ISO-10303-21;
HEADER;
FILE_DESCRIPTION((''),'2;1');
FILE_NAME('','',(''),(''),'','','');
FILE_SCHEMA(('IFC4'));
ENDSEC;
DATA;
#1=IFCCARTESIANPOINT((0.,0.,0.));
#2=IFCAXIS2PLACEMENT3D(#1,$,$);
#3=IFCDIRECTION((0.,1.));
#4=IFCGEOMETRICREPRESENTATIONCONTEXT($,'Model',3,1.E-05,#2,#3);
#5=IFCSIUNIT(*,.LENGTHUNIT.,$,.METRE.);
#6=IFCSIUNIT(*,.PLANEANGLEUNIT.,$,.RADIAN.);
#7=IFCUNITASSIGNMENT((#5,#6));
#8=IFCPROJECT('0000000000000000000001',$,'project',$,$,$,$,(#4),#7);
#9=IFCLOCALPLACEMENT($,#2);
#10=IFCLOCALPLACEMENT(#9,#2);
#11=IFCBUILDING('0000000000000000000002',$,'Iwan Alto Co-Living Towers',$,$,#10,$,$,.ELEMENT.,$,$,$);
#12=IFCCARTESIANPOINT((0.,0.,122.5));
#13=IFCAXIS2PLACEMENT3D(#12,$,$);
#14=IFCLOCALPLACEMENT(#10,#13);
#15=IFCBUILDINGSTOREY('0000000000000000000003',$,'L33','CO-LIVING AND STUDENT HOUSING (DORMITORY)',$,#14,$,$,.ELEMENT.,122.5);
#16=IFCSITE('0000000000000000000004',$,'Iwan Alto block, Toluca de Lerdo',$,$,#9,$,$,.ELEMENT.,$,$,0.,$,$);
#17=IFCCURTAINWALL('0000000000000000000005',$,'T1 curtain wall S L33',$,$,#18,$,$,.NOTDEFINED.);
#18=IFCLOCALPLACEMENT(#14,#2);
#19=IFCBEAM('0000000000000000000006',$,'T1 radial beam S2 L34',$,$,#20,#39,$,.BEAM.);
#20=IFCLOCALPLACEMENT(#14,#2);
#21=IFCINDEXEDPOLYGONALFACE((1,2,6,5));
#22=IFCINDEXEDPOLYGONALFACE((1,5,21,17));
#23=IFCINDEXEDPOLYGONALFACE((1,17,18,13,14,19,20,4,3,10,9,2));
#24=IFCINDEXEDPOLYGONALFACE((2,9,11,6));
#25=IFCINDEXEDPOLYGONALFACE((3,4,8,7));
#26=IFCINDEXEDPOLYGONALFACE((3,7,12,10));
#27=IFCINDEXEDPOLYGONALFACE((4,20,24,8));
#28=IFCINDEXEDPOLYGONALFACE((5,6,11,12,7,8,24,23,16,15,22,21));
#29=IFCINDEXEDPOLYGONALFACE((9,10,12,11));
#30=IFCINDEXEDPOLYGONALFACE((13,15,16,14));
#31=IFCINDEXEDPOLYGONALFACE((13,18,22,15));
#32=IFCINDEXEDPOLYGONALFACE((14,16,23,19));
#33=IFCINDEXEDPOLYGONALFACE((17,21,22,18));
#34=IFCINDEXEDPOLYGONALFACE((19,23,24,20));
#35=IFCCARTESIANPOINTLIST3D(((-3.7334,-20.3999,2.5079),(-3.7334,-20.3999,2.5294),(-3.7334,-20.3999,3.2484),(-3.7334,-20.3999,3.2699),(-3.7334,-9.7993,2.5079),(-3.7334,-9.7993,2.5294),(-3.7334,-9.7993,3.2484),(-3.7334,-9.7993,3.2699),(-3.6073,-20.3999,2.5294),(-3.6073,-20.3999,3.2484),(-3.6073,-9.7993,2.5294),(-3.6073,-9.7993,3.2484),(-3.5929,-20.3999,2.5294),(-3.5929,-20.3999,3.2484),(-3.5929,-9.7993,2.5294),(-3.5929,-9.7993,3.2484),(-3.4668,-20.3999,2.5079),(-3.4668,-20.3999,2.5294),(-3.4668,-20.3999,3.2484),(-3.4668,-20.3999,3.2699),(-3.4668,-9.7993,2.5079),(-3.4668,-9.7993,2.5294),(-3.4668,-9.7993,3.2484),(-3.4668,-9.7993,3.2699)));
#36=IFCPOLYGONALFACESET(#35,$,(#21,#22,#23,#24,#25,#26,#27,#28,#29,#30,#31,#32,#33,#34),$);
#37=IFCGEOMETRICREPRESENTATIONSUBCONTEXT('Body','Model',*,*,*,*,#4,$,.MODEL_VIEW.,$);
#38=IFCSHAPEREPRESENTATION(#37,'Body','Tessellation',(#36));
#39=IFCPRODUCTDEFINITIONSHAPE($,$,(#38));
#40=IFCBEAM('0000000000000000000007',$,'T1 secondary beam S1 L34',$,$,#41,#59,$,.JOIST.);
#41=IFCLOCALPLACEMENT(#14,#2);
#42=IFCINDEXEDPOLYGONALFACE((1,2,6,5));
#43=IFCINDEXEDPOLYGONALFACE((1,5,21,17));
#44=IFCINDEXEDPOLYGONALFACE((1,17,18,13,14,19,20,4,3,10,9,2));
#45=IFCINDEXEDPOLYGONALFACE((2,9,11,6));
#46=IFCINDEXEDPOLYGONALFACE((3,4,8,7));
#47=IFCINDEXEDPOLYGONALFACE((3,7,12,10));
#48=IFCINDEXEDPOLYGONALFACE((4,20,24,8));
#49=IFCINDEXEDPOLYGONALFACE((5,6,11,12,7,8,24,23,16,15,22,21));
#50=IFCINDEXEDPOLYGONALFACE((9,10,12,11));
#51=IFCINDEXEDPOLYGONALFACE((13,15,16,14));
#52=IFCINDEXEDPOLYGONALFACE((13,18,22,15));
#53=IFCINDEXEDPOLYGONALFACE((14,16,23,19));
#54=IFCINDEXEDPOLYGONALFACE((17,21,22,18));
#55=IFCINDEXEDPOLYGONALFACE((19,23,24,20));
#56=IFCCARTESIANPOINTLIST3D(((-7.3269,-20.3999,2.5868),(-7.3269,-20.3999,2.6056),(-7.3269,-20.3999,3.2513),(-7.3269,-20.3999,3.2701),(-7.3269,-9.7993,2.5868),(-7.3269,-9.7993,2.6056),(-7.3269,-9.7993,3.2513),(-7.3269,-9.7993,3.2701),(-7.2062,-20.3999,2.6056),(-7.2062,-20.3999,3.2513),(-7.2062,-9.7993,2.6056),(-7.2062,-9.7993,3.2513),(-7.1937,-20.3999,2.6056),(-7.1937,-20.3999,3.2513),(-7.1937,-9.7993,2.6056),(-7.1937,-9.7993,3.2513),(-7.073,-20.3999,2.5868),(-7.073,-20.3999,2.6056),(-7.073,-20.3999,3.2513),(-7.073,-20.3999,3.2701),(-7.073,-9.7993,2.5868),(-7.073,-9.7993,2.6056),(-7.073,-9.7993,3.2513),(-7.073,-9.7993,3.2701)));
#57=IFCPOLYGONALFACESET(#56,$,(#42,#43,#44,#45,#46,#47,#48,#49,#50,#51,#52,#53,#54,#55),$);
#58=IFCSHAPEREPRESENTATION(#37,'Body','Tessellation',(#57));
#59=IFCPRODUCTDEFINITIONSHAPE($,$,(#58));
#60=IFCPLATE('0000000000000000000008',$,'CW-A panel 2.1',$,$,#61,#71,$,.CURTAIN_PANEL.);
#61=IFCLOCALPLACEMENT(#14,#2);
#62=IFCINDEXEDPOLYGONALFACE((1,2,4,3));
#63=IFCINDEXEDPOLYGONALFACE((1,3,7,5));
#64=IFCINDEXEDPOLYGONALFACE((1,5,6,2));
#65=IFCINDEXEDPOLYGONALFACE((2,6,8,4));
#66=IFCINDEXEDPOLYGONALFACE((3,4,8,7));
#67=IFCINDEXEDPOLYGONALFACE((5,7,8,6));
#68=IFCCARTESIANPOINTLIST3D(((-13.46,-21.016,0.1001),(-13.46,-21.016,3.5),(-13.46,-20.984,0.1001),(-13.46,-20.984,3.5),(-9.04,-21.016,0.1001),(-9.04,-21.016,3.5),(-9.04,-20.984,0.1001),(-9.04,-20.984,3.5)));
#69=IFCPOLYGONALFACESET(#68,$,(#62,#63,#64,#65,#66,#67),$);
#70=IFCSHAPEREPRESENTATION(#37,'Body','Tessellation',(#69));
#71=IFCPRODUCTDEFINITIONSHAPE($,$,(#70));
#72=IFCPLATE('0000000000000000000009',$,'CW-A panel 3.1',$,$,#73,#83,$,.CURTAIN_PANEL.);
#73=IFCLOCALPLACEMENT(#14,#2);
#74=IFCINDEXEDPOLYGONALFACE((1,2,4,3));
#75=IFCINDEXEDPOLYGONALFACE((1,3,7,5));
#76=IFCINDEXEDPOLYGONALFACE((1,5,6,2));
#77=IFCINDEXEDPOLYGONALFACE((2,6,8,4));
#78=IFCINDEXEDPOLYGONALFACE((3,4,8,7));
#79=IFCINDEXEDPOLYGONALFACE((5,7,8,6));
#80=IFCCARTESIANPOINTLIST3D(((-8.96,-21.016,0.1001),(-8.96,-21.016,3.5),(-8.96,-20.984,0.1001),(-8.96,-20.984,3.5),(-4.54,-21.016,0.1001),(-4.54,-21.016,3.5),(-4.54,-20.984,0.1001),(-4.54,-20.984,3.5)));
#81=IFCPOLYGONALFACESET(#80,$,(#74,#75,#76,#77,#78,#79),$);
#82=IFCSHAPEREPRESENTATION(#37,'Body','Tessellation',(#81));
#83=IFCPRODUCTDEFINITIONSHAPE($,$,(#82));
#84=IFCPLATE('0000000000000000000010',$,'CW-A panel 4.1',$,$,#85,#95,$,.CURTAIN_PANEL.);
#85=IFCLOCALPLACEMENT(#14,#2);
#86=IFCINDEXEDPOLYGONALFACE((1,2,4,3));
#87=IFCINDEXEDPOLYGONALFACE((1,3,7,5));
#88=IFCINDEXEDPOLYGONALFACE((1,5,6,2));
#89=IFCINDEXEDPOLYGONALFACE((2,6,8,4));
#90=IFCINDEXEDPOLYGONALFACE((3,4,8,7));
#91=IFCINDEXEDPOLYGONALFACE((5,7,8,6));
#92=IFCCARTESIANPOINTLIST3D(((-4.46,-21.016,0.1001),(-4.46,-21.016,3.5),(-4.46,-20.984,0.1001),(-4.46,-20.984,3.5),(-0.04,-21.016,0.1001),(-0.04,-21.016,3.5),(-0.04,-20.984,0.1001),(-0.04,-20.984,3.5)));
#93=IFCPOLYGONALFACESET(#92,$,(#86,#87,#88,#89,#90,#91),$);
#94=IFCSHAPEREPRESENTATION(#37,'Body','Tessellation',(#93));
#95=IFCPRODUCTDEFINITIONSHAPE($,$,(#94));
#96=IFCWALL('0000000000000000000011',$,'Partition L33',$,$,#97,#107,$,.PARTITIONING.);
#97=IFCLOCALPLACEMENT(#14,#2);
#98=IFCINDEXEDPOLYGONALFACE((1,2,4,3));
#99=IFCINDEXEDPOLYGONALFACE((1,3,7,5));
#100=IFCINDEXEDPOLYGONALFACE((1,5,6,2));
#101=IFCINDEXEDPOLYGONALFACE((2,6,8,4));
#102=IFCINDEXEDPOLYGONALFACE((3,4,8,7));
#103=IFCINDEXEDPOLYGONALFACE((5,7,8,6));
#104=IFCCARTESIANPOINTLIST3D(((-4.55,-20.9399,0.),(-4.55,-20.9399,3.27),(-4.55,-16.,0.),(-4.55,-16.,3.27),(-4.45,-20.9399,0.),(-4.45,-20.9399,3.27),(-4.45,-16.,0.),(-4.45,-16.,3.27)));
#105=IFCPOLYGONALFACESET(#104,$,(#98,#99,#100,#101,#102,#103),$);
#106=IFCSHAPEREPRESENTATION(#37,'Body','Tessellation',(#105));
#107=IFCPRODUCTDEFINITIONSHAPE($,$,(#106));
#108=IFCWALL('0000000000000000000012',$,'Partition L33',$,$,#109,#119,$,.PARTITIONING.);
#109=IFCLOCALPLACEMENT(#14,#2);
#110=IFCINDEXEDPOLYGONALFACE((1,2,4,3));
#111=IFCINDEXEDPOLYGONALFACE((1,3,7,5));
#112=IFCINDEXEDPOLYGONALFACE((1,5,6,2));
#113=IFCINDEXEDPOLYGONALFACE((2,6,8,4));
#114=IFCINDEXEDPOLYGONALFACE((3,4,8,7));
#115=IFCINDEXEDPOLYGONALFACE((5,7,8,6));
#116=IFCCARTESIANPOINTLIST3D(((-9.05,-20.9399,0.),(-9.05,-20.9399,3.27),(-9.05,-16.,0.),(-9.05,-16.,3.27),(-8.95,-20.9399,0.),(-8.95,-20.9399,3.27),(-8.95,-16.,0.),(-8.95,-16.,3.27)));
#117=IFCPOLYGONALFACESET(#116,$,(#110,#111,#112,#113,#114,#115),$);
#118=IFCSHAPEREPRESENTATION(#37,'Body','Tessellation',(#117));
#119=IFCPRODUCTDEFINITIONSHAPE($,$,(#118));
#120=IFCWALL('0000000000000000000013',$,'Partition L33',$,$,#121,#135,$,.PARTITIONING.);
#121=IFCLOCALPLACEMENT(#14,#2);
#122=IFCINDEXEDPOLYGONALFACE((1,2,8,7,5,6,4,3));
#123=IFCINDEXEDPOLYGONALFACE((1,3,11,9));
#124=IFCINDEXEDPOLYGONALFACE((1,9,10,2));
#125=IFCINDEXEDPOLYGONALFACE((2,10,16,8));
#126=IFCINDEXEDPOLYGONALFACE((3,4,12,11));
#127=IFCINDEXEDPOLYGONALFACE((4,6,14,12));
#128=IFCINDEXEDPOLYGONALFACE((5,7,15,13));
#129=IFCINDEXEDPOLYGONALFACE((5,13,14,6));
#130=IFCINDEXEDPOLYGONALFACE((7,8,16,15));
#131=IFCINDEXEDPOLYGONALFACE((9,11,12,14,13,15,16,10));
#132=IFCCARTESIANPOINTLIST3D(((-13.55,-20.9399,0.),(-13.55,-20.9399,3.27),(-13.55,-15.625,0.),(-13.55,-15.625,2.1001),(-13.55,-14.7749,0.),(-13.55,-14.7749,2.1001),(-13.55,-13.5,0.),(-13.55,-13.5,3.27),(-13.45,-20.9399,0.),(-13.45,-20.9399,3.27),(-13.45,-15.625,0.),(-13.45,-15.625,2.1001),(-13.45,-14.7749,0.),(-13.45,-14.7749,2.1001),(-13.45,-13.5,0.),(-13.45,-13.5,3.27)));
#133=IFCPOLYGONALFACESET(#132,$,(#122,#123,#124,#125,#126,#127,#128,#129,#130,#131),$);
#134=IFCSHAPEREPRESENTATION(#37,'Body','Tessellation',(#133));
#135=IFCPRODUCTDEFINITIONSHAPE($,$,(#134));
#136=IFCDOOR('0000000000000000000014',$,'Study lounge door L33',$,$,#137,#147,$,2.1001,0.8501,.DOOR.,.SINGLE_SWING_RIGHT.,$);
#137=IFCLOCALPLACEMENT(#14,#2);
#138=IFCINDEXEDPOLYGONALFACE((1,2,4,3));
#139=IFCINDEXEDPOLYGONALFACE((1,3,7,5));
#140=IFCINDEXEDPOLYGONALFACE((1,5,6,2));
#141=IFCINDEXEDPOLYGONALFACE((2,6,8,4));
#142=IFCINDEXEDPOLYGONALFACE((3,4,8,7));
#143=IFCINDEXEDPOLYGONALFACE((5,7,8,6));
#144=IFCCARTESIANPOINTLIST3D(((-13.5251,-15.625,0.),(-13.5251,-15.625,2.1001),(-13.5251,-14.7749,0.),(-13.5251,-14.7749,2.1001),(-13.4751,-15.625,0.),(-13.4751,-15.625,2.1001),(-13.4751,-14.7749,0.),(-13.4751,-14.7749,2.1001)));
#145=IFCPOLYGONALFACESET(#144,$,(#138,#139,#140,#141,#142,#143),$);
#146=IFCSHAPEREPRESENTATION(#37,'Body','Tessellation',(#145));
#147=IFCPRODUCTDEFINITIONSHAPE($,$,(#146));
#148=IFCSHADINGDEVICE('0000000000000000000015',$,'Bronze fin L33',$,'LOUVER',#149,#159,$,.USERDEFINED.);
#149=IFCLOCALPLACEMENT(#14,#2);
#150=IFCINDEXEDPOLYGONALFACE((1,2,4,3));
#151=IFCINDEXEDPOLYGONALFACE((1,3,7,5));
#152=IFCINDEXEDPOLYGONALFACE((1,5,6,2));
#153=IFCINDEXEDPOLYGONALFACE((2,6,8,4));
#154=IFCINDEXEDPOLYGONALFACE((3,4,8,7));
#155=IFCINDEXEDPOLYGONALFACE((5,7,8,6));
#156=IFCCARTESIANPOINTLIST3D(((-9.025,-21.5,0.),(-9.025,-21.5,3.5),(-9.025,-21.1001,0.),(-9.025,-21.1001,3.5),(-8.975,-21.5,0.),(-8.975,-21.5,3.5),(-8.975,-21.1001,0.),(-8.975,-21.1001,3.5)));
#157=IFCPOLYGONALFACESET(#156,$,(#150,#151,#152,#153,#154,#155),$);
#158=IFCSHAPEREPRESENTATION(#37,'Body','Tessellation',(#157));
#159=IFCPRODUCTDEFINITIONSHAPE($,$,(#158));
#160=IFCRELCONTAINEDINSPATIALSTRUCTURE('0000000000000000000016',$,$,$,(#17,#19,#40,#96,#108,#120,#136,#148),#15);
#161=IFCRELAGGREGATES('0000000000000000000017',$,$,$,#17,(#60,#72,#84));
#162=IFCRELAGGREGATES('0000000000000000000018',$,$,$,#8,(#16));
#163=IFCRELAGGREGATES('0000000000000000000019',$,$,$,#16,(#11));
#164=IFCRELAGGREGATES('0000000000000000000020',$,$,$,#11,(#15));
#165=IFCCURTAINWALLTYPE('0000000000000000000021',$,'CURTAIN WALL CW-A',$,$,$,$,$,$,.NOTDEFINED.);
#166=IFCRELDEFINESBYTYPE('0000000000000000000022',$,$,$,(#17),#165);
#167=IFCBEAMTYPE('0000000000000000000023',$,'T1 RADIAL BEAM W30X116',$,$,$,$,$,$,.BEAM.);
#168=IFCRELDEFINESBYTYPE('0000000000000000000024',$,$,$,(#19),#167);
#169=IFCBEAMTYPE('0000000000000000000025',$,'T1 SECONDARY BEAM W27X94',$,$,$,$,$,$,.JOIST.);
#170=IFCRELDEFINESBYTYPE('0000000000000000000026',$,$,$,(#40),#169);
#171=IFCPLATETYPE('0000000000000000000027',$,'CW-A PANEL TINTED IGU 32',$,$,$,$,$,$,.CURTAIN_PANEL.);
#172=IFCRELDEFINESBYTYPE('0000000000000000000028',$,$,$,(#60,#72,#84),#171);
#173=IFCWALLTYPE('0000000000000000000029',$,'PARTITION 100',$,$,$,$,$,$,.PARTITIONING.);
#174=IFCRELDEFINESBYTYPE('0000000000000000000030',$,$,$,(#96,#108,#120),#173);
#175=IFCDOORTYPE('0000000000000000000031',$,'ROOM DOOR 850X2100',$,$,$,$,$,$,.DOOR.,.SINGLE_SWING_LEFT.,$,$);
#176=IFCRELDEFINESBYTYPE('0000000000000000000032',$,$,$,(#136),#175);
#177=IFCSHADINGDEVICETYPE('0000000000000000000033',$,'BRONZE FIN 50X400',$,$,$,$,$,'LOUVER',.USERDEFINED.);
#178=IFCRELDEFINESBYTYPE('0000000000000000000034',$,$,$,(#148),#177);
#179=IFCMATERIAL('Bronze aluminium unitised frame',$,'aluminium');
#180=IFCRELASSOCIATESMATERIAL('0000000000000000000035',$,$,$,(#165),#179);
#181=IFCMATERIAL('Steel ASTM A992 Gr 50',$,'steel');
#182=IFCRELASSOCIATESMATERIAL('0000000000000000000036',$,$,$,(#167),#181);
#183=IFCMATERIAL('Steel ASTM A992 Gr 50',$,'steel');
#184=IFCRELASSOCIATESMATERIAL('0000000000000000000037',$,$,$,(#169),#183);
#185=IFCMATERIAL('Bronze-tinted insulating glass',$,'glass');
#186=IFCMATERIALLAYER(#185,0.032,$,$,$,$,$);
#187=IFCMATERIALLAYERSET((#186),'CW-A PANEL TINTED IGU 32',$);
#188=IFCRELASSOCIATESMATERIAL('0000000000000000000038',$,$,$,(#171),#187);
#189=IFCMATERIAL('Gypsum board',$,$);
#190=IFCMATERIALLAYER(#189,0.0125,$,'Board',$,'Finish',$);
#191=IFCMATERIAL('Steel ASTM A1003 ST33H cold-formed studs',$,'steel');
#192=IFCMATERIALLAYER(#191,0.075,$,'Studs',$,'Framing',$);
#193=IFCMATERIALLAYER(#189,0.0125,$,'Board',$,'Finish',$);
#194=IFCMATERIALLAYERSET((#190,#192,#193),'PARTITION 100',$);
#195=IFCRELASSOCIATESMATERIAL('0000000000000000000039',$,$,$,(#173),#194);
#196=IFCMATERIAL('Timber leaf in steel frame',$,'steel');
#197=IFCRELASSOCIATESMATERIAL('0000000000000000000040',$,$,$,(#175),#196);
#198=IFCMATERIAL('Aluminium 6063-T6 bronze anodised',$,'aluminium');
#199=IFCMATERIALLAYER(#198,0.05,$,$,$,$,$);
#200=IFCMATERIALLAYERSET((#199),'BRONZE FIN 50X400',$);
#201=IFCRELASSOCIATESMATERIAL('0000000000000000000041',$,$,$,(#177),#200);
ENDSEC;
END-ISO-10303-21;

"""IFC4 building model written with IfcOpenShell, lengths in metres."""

from ifc_helpers import new_model, si_unit, direction, frame, frame_2d, origin, origin_2d, place, context, subcontext, project, spatial, rectangle, i_section, extrude, material, layer, layer_set, material_profile, profile_set, type_object, element, fill, aggregate, save


model = new_model("IFC4")

# Units and contexts
model_context = context("Model", 3, precision=1e-05, world=origin(), true_north=direction((0.0, 1.0)))
body_context = subcontext(model_context, "Body", "Model", "MODEL_VIEW")
ifc_project = project(units=[si_unit("LENGTHUNIT", "METRE"), si_unit("PLANEANGLEUNIT", "RADIAN")], contexts=[model_context])

# Site, building, storey
site_placement = place(None, origin())
site = spatial("IfcSite", under=ifc_project, at=site_placement, Name="Iwan Alto block, Toluca de Lerdo", CompositionType="ELEMENT", RefElevation=0.0)
building_placement = place(site_placement, origin())
building = spatial("IfcBuilding", under=site, at=building_placement, Name="Iwan Alto Co-Living Towers", CompositionType="ELEMENT")
storey_placement = place(building_placement, frame((0.0, 0.0, 122.5)))
storey = spatial("IfcBuildingStorey", under=building, at=storey_placement, Name="L33", Description="CO-LIVING AND STUDENT HOUSING (DORMITORY)", CompositionType="ELEMENT", Elevation=122.5)

# Curtain wall
ifc_material_1 = material(Name="Bronze aluminium unitised frame", Category="aluminium")
curtain_wall_type = type_object("IfcCurtainWallType", Name="CURTAIN WALL CW-A", PredefinedType="NOTDEFINED", material=ifc_material_1)
curtain_wall_placement = place(storey_placement, origin())
curtain_wall = element("IfcCurtainWall", 1, at=curtain_wall_placement, inside=storey, type_object=curtain_wall_type, Name="T1 curtain wall S L33", PredefinedType="NOTDEFINED")

# Beams
ifc_material_2 = material(Name="Steel ASTM A992 Gr 50", Category="steel")
ifc_material_profile_1 = material_profile(ifc_material_2, i_section(OverallWidth=0.2666, OverallDepth=0.762, WebThickness=0.0144, FlangeThickness=0.0215, at=origin_2d()), Name="W30X116")
ifc_profile_set_1 = profile_set([ifc_material_profile_1], Name="Steel ASTM A992 Gr 50")
beam_type_1 = type_object("IfcBeamType", Name="T1 RADIAL BEAM W30X116", PredefinedType="BEAM", material=ifc_profile_set_1)
beam_1_placement = place(storey_placement, frame((-3.6001, -20.3999, 2.8889), z_axis=(0.0, 1.0, 0.0), x_axis=(-1.0, 0.0, 0.0)))
element("IfcBeam", 2, at=beam_1_placement, inside=storey, type_object=beam_type_1, Name="T1 radial beam S2 L34", PredefinedType="BEAM", context=body_context, shape_type="SweptSolid", body=[
    extrude(i_section(OverallWidth=0.2666, OverallDepth=0.762, WebThickness=0.0144, FlangeThickness=0.0215, at=origin_2d()), origin(), (0.0, 0.0, 1.0), 10.6006),
])
ifc_material_3 = material(Name="Steel ASTM A992 Gr 50", Category="steel")
ifc_material_profile_2 = material_profile(ifc_material_3, i_section(OverallWidth=0.2539, OverallDepth=0.6833, WebThickness=0.0125, FlangeThickness=0.0188, at=origin_2d()), Name="W27X94")
ifc_profile_set_2 = profile_set([ifc_material_profile_2], Name="Steel ASTM A992 Gr 50")
beam_type_2 = type_object("IfcBeamType", Name="T1 SECONDARY BEAM W27X94", PredefinedType="JOIST", material=ifc_profile_set_2)
beam_2_placement = place(storey_placement, frame((-7.2, -20.3999, 2.9285), z_axis=(0.0, 1.0, 0.0), x_axis=(-1.0, 0.0, 0.0)))
element("IfcBeam", 3, at=beam_2_placement, inside=storey, type_object=beam_type_2, Name="T1 secondary beam S1 L34", PredefinedType="JOIST", context=body_context, shape_type="SweptSolid", body=[
    extrude(i_section(OverallWidth=0.2539, OverallDepth=0.6833, WebThickness=0.0125, FlangeThickness=0.0188, at=origin_2d()), origin(), (0.0, 0.0, 1.0), 10.6006),
])

# Plates
ifc_material_4 = material(Name="Bronze-tinted insulating glass", Category="glass")
ifc_layer_1 = layer(ifc_material_4, 0.032)
ifc_layer_set_1 = layer_set([ifc_layer_1], Name="CW-A PANEL TINTED IGU 32")
plate_type = type_object("IfcPlateType", Name="CW-A PANEL TINTED IGU 32", PredefinedType="CURTAIN_PANEL", material=ifc_layer_set_1)
plate_1_placement = place(storey_placement, frame((-11.25, -21.0, 0.1001), z_axis=(0.0, 0.0, 1.0), x_axis=(1.0, 0.0, 0.0)))
plate_1 = element("IfcPlate", 4, at=plate_1_placement, type_object=plate_type, Name="CW-A panel 2.1", PredefinedType="CURTAIN_PANEL", context=body_context, shape_type="SweptSolid", body=[
    extrude(rectangle(XDim=4.4199, YDim=0.032, at=origin_2d()), origin(), (0.0, 0.0, 1.0), 3.3999),
])
plate_2_placement = place(storey_placement, frame((-6.75, -21.0, 0.1001), z_axis=(0.0, 0.0, 1.0), x_axis=(1.0, 0.0, 0.0)))
plate_2 = element("IfcPlate", 5, at=plate_2_placement, type_object=plate_type, Name="CW-A panel 3.1", PredefinedType="CURTAIN_PANEL", context=body_context, shape_type="SweptSolid", body=[
    extrude(rectangle(XDim=4.4199, YDim=0.032, at=origin_2d()), origin(), (0.0, 0.0, 1.0), 3.3999),
])
plate_3_placement = place(storey_placement, frame((-2.25, -21.0, 0.1001), z_axis=(0.0, 0.0, 1.0), x_axis=(1.0, 0.0, 0.0)))
plate_3 = element("IfcPlate", 6, at=plate_3_placement, type_object=plate_type, Name="CW-A panel 4.1", PredefinedType="CURTAIN_PANEL", context=body_context, shape_type="SweptSolid", body=[
    extrude(rectangle(XDim=4.4199, YDim=0.032, at=origin_2d()), origin(), (0.0, 0.0, 1.0), 3.3999),
])
aggregate(curtain_wall, [plate_1, plate_2, plate_3])

# Walls
ifc_material_5 = material(Name="Gypsum board")
ifc_layer_2 = layer(ifc_material_5, 0.0125, Name="Board", Category="Finish")
ifc_material_6 = material(Name="Steel ASTM A1003 ST33H cold-formed studs", Category="steel")
ifc_layer_3 = layer(ifc_material_6, 0.075, Name="Studs", Category="Framing")
ifc_layer_4 = layer(ifc_material_5, 0.0125, Name="Board", Category="Finish")
ifc_layer_set_2 = layer_set([ifc_layer_2, ifc_layer_3, ifc_layer_4], Name="PARTITION 100")
wall_type = type_object("IfcWallType", Name="PARTITION 100", PredefinedType="PARTITIONING", material=ifc_layer_set_2)
for number, where, z_axis, x_axis, name in (
    (7, (-4.5, -20.9399, 0.0), (0.0, 0.0, 1.0), (0.0, 1.0, 0.0), "Partition L33"),
    (8, (-9.0, -20.9399, 0.0), (0.0, 0.0, 1.0), (0.0, 1.0, 0.0), "Partition L33"),
):
    element("IfcWall", number, at=place(storey_placement, frame(where, z_axis=z_axis, x_axis=x_axis)), inside=storey, type_object=wall_type, Name=name, PredefinedType="PARTITIONING", context=body_context, shape_type="SweptSolid", body=[
        extrude(rectangle(XDim=4.9399, YDim=0.1001, at=frame_2d((2.47, 0.0))), origin(), (0.0, 0.0, 1.0), 3.27),
    ])

# Wall, opening, door
wall_placement = place(storey_placement, frame((-13.5, -20.9399, 0.0), z_axis=(0.0, 0.0, 1.0), x_axis=(0.0, 1.0, 0.0)))
wall = element("IfcWall", 9, at=wall_placement, inside=storey, type_object=wall_type, Name="Partition L33", PredefinedType="PARTITIONING", context=body_context, shape_type="SweptSolid", body=[
    extrude(rectangle(XDim=7.4399, YDim=0.1001, at=frame_2d((3.72, 0.0))), origin(), (0.0, 0.0, 1.0), 3.27),
])
opening_placement = place(wall_placement, frame((5.3149, 0.0, 0.0)))
opening = element("IfcOpeningElement", 10, at=opening_placement, cuts=wall, PredefinedType="OPENING", context=body_context, shape_type="SweptSolid", body=[
    extrude(rectangle(XDim=0.8501, YDim=2.1001, at=frame_2d((0.425, 1.05))), frame((0.0, 0.0601, 0.0), z_axis=(0.0, -1.0, 0.0), x_axis=(1.0, 0.0, 0.0)), (0.0, 0.0, 1.0), 0.1201),
])
ifc_material_7 = material(Name="Timber leaf in steel frame", Category="steel")
door_type = type_object("IfcDoorType", Name="ROOM DOOR 850X2100", OperationType="SINGLE_SWING_LEFT", PredefinedType="DOOR", material=ifc_material_7)
door_placement = place(opening_placement, frame((0.8501, 0.0, 0.0), z_axis=(0.0, 0.0, 1.0), x_axis=(-1.0, 0.0, 0.0)))
door = element("IfcDoor", 11, at=door_placement, inside=storey, type_object=door_type, Name="Study lounge door L33", OperationType="SINGLE_SWING_RIGHT", OverallHeight=2.1001, OverallWidth=0.8501, PredefinedType="DOOR", context=body_context, shape_type="SweptSolid", body=[
    extrude(rectangle(XDim=0.8501, YDim=2.1001, at=frame_2d((0.425, 1.05))), frame((0.0, 0.0249, 0.0), z_axis=(0.0, -1.0, 0.0), x_axis=(1.0, 0.0, 0.0)), (0.0, 0.0, 1.0), 0.05),
])
fill(opening, door)

# Shading device
ifc_material_8 = material(Name="Aluminium 6063-T6 bronze anodised", Category="aluminium")
ifc_layer_5 = layer(ifc_material_8, 0.05)
ifc_layer_set_3 = layer_set([ifc_layer_5], Name="BRONZE FIN 50X400")
shading_device_type = type_object("IfcShadingDeviceType", Name="BRONZE FIN 50X400", ElementType="LOUVER", PredefinedType="USERDEFINED", material=ifc_layer_set_3)
shading_device_placement = place(storey_placement, frame((-9.0, -21.3, 0.0), z_axis=(0.0, 0.0, 1.0), x_axis=(1.0, 0.0, 0.0)))
element("IfcShadingDevice", 12, at=shading_device_placement, inside=storey, type_object=shading_device_type, Name="Bronze fin L33", ObjectType="LOUVER", PredefinedType="USERDEFINED", context=body_context, shape_type="SweptSolid", body=[
    extrude(rectangle(XDim=0.05, YDim=0.3999, at=origin_2d()), origin(), (0.0, 0.0, 1.0), 3.5),
])

save(model, "model.ifc")
